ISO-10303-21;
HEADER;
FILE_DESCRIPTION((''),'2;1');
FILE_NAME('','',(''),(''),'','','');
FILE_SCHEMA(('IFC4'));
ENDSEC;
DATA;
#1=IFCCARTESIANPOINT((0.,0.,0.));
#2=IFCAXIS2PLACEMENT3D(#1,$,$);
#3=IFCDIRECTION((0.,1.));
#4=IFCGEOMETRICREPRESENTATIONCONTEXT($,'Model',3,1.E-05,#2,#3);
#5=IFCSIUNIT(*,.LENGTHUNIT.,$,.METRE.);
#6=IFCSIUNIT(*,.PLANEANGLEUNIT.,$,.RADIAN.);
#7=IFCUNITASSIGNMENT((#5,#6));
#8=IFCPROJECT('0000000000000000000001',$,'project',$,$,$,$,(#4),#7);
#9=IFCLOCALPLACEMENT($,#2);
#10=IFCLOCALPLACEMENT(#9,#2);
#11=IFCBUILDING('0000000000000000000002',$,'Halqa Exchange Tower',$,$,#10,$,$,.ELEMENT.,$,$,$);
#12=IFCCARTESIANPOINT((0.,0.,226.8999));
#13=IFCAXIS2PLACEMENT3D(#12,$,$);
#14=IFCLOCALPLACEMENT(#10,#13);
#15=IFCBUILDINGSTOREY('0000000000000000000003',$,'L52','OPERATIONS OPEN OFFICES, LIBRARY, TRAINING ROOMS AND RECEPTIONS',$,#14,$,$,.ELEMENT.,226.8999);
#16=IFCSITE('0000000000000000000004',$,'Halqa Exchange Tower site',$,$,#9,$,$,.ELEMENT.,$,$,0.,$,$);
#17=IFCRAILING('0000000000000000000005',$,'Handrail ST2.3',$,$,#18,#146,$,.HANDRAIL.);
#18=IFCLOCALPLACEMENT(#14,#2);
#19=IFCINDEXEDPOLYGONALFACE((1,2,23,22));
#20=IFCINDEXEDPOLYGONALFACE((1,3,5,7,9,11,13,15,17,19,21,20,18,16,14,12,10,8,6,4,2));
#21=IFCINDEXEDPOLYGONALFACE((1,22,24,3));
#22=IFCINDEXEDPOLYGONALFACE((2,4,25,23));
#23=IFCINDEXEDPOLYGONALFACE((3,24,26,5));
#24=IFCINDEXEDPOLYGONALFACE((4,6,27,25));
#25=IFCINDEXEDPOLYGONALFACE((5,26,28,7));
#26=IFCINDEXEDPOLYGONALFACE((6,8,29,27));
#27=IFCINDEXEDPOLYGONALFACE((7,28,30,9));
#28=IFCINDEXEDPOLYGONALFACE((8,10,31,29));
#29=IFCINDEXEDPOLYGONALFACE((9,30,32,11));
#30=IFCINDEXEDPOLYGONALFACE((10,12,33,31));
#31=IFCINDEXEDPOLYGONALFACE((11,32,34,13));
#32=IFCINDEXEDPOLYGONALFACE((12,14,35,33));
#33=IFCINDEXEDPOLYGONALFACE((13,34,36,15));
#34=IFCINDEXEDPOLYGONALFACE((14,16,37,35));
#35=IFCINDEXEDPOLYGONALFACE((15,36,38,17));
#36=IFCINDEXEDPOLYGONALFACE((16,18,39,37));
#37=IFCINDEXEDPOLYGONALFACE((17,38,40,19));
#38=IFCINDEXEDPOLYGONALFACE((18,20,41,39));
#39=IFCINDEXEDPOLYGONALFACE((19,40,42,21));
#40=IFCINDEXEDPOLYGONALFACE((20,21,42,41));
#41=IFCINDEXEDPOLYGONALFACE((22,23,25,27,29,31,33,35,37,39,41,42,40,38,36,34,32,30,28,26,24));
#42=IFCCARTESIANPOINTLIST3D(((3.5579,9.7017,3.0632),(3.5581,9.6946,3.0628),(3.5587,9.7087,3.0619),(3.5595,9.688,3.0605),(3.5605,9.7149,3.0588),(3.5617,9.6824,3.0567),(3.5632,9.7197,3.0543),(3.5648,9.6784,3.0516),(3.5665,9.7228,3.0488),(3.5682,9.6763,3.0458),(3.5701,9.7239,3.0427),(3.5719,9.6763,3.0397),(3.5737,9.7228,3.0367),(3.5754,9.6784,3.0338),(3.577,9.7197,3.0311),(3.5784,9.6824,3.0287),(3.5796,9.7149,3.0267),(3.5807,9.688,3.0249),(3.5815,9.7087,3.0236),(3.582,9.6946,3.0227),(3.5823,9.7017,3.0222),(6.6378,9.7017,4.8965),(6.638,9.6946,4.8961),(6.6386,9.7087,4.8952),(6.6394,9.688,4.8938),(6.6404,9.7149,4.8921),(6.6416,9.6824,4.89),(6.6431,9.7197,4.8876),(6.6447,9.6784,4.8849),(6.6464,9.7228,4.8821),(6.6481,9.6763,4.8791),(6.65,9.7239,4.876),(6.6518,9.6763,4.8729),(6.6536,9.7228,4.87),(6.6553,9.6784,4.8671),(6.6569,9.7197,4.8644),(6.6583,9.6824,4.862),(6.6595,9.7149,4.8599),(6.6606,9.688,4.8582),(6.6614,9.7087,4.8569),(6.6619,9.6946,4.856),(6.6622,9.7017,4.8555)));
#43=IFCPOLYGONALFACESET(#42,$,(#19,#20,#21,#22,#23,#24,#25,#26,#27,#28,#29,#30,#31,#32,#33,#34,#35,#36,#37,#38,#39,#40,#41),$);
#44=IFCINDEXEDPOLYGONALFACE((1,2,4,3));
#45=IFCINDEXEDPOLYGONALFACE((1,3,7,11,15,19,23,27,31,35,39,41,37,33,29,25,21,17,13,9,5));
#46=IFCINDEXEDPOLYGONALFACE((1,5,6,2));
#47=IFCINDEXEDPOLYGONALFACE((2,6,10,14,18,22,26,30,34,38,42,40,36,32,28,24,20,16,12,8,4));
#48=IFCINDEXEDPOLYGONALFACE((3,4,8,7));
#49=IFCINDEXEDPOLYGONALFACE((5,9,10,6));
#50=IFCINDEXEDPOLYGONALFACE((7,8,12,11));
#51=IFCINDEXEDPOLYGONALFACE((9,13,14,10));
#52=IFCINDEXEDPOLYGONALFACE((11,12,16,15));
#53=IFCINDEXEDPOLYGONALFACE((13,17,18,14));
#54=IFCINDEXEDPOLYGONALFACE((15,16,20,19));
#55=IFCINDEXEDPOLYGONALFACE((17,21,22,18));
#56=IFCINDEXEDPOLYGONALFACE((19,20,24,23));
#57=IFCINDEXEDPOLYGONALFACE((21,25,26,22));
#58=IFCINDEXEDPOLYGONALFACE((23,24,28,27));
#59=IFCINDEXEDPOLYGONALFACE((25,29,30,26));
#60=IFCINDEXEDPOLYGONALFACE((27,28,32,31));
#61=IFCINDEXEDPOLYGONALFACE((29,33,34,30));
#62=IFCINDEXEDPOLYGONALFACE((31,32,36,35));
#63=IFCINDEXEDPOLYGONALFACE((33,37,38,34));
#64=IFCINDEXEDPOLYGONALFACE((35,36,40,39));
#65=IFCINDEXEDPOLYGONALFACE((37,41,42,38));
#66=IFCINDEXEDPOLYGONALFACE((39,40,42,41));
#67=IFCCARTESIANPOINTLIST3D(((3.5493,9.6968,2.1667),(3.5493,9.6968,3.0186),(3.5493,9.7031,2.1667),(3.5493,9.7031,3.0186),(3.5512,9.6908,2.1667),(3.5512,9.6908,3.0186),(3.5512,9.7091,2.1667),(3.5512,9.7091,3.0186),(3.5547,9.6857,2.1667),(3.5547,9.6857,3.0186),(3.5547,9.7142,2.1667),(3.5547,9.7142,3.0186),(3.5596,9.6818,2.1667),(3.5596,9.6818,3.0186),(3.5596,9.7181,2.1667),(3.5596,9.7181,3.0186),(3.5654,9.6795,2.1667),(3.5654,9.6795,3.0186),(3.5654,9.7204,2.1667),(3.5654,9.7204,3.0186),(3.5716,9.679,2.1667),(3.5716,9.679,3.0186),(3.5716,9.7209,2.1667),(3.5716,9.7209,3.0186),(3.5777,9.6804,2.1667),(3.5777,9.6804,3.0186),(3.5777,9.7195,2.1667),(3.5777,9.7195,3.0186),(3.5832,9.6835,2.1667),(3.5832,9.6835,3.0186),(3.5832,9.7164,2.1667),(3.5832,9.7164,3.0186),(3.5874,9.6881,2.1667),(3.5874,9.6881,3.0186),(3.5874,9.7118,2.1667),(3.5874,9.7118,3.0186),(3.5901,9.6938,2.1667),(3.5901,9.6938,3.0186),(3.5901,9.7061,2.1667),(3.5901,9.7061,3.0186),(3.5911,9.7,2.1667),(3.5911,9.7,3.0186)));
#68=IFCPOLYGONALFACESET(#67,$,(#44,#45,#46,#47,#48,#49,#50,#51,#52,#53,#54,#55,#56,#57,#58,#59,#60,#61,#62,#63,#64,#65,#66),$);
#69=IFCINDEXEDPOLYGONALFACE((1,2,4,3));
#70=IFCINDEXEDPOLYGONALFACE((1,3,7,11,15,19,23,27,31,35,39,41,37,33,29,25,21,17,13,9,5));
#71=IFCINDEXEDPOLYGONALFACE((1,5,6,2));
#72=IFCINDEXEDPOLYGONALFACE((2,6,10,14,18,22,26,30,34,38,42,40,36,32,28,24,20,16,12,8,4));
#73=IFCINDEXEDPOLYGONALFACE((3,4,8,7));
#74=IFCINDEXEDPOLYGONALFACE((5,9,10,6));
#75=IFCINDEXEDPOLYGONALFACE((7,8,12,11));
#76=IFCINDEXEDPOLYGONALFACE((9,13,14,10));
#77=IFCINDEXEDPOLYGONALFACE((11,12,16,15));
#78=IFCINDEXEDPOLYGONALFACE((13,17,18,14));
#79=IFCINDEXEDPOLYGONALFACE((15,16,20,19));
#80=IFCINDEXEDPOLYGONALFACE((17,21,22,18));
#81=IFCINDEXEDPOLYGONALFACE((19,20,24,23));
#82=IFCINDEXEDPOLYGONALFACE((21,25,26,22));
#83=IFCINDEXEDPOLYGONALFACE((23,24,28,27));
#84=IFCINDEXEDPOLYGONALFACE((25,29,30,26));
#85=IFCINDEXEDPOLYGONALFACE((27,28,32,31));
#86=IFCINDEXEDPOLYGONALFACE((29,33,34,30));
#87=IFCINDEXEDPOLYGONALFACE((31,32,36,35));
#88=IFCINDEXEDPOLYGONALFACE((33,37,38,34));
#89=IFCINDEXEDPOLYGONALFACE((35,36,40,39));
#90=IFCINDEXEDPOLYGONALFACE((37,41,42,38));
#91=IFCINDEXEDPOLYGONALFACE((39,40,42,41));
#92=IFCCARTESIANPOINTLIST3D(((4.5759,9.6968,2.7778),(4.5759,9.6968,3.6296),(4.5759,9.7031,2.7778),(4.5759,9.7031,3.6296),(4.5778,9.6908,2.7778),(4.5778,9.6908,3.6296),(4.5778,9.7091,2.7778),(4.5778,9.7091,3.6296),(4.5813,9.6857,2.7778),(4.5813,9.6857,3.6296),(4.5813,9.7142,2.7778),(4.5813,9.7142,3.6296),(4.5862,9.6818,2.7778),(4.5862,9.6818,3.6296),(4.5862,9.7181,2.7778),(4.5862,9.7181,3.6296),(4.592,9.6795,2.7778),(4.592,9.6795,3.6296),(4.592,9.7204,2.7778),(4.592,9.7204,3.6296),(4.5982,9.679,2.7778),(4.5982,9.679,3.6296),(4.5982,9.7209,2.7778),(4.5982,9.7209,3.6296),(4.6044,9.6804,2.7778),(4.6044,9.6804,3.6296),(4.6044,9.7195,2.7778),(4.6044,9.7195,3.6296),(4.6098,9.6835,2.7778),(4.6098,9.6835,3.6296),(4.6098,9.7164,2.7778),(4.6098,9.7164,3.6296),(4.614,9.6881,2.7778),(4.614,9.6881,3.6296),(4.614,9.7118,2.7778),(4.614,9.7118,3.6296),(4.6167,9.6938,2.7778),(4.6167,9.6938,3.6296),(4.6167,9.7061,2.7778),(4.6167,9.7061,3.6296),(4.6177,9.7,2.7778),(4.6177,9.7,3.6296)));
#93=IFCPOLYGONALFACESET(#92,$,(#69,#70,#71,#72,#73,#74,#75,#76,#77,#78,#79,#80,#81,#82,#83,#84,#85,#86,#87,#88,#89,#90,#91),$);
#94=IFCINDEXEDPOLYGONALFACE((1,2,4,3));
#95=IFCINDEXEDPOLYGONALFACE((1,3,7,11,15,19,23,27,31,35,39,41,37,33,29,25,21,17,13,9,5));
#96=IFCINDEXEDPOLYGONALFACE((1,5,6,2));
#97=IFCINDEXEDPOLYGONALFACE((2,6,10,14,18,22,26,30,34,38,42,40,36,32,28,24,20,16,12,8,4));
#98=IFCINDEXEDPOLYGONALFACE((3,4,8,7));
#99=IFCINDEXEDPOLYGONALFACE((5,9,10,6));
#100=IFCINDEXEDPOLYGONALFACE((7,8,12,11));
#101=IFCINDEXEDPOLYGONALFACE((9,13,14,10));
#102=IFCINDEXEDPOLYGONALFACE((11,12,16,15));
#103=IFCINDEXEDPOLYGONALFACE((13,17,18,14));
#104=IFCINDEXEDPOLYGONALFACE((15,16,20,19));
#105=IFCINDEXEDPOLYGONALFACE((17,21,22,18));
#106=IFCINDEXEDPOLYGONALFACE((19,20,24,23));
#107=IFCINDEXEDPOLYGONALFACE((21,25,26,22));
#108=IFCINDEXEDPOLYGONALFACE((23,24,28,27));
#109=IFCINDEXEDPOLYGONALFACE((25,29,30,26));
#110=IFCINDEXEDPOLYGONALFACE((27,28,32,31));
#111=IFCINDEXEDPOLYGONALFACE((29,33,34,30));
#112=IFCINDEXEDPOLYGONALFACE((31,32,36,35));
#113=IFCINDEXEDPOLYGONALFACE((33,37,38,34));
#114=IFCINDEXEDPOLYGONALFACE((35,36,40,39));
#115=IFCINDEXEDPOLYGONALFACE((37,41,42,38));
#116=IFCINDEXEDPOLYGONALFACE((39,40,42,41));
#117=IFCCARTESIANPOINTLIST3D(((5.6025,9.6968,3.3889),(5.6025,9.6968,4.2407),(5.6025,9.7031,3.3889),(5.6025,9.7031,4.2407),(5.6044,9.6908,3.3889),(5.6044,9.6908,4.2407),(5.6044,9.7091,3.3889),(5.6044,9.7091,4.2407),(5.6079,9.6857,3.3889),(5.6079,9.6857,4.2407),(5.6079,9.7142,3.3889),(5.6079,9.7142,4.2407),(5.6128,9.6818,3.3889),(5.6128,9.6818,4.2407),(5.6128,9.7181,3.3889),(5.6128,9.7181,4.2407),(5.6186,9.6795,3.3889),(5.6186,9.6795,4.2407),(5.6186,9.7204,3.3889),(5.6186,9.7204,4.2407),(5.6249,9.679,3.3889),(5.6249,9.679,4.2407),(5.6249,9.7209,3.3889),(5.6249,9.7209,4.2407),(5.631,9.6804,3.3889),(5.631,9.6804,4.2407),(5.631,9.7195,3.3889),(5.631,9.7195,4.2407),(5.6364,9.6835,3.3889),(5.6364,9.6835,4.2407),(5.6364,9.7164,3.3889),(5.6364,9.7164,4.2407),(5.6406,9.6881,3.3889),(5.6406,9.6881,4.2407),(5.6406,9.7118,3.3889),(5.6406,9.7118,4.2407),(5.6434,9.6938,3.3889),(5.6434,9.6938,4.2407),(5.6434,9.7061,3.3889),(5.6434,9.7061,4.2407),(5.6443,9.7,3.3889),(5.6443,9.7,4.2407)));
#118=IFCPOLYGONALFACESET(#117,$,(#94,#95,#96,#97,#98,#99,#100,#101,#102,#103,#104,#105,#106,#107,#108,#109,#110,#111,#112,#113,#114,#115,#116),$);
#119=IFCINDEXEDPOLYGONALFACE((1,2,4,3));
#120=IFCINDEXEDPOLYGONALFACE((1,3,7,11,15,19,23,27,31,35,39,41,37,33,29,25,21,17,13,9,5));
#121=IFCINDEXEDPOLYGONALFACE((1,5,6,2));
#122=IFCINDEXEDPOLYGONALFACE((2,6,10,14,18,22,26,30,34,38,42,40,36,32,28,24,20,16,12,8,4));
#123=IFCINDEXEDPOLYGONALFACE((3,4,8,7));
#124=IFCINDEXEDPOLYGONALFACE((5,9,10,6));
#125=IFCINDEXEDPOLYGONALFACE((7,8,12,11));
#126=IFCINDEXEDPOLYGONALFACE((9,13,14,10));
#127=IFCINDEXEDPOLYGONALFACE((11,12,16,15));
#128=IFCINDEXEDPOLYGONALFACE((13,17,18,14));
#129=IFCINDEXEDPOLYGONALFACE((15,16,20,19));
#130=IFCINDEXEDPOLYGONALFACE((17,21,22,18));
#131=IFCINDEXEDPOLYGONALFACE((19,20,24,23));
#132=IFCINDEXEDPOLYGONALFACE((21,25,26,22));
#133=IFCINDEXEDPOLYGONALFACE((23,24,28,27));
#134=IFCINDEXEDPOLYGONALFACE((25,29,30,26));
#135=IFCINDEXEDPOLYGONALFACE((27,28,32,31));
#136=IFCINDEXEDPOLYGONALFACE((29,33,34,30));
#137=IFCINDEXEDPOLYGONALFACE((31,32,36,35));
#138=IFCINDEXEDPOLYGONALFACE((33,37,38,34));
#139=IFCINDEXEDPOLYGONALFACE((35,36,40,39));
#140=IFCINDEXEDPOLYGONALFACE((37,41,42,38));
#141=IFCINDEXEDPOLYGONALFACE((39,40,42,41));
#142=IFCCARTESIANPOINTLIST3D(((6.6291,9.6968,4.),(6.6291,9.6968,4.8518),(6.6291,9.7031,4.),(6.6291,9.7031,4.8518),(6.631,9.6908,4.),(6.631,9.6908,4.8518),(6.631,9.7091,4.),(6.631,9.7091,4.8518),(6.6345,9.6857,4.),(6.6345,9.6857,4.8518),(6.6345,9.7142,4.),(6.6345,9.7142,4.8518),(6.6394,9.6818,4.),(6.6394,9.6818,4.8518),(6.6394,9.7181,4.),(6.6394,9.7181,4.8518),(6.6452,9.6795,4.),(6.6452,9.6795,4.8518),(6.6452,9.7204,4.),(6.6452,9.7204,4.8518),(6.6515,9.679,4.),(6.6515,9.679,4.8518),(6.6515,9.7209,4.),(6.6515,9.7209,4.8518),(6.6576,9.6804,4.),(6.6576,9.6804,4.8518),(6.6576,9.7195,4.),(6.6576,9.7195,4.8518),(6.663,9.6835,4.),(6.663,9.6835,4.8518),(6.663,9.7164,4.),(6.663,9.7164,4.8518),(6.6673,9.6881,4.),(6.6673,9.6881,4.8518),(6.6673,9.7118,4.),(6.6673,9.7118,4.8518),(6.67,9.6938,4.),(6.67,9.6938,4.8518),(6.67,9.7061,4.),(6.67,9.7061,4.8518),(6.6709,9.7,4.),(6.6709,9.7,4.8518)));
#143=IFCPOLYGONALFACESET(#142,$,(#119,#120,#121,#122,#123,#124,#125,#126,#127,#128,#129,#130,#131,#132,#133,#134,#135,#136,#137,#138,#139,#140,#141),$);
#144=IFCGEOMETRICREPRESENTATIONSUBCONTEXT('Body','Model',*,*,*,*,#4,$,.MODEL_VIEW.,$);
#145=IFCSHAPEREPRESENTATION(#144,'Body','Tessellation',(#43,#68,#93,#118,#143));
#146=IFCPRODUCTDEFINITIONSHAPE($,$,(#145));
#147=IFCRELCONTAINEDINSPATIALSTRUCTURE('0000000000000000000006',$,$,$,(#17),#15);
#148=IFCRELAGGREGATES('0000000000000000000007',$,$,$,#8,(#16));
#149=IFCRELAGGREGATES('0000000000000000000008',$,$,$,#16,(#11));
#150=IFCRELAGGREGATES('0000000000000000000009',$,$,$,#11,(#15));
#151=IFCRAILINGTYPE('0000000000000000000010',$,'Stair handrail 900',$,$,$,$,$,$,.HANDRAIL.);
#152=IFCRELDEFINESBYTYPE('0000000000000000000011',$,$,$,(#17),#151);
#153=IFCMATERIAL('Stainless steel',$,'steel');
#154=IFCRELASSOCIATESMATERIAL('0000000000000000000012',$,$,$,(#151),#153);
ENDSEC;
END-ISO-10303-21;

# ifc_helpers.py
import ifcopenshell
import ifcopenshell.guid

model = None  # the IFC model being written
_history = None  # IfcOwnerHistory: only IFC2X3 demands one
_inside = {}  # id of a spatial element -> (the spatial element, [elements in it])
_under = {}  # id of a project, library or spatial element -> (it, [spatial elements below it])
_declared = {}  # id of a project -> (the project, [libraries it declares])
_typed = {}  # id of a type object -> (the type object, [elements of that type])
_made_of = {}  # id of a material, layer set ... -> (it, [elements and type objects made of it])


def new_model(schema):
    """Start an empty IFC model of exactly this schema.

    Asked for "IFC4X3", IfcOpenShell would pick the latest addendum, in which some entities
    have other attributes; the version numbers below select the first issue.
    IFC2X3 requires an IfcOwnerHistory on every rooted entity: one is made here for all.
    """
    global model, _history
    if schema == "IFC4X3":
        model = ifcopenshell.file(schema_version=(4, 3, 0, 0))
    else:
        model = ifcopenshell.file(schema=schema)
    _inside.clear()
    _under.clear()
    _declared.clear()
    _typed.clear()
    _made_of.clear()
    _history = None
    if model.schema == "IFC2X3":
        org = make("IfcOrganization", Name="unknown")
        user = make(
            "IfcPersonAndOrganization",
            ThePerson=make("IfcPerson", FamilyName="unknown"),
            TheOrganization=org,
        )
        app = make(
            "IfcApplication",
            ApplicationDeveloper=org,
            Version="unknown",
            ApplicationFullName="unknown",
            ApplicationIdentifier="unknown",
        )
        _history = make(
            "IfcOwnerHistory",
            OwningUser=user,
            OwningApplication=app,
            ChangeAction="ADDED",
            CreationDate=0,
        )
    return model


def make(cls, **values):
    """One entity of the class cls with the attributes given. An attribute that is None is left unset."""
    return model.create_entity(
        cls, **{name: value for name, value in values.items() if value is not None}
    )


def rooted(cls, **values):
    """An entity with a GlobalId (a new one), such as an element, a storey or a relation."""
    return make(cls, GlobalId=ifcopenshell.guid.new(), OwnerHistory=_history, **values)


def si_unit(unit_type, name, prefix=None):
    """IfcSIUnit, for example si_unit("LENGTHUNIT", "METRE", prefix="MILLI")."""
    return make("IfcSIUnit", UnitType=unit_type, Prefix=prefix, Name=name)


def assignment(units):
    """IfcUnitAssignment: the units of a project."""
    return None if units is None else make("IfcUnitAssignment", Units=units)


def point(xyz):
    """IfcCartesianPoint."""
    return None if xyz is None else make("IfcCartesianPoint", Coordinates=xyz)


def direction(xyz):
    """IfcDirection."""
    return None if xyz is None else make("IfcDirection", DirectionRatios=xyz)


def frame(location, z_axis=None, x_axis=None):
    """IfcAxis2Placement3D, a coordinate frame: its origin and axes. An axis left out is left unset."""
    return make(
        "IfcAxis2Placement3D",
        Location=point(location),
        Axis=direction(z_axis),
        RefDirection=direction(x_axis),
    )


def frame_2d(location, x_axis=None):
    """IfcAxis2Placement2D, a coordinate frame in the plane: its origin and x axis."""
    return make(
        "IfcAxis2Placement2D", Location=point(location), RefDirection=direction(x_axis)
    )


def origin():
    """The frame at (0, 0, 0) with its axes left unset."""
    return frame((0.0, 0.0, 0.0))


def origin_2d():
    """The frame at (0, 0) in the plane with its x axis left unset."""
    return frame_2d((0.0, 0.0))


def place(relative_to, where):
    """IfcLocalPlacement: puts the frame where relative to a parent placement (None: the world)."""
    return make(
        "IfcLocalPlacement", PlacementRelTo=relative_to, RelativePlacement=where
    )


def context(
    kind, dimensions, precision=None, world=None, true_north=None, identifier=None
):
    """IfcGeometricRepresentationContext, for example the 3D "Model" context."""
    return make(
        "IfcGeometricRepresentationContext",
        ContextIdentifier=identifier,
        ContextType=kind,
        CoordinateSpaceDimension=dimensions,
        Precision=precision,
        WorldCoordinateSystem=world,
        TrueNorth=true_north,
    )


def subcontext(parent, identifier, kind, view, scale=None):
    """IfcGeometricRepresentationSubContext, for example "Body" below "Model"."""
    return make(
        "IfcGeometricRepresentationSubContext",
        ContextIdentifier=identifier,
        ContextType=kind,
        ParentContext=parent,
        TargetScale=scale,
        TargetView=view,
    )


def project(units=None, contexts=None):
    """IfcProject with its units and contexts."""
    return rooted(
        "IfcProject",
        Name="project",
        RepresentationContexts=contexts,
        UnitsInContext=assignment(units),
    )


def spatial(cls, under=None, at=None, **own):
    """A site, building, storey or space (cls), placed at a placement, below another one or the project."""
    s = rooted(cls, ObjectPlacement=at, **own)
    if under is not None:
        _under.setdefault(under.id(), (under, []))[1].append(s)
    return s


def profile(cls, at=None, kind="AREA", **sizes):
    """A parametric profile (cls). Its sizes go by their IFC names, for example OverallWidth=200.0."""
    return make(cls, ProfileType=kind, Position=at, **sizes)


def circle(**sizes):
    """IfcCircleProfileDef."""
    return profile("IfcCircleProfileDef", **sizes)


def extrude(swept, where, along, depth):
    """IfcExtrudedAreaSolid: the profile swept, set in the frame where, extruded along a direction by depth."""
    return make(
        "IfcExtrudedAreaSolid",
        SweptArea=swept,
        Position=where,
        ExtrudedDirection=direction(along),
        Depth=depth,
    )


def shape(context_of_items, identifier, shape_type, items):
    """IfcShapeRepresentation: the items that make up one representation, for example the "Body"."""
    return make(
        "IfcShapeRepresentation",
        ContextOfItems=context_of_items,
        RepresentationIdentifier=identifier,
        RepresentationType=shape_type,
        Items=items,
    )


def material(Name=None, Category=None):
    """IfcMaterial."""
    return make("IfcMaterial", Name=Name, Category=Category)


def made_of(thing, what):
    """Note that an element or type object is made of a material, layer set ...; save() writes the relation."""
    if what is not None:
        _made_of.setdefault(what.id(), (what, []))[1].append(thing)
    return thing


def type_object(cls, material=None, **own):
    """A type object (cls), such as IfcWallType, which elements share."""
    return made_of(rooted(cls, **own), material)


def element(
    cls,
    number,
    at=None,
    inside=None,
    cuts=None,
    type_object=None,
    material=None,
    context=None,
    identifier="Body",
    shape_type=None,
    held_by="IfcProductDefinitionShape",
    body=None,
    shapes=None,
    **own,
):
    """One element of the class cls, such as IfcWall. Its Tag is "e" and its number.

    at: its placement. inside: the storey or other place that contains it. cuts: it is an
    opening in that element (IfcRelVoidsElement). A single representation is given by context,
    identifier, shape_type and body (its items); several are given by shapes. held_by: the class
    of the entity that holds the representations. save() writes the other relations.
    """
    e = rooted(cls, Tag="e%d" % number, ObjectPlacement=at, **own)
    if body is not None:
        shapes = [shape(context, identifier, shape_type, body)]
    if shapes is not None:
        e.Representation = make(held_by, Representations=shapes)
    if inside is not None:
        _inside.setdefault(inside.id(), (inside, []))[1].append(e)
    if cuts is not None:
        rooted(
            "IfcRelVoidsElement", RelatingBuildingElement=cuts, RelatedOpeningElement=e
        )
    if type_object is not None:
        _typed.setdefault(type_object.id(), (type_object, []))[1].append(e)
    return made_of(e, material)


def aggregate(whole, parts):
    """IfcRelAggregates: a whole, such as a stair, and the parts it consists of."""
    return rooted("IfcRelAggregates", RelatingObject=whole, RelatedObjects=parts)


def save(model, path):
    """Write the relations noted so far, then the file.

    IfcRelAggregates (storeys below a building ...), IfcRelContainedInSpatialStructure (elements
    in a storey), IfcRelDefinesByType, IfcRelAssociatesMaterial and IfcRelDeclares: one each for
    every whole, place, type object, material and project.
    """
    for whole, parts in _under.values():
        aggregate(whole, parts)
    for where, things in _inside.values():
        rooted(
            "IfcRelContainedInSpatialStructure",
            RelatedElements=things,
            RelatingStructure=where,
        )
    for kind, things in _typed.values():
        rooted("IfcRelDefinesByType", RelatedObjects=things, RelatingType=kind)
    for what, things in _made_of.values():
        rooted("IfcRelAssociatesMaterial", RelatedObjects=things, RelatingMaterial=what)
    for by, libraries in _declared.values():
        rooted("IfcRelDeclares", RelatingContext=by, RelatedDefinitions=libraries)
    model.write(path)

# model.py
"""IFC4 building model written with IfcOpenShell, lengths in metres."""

from ifc_helpers import new_model, si_unit, direction, frame, origin, origin_2d, place, context, subcontext, project, spatial, circle, extrude, material, type_object, element, save


model = new_model("IFC4")

# Units and contexts
model_context = context("Model", 3, precision=1e-05, world=origin(), true_north=direction((0.0, 1.0)))
body_context = subcontext(model_context, "Body", "Model", "MODEL_VIEW")
ifc_project = project(units=[si_unit("LENGTHUNIT", "METRE"), si_unit("PLANEANGLEUNIT", "RADIAN")], contexts=[model_context])

# Site, building, storey
site_placement = place(None, origin())
site = spatial("IfcSite", under=ifc_project, at=site_placement, Name="Halqa Exchange Tower site", CompositionType="ELEMENT", RefElevation=0.0)
building_placement = place(site_placement, origin())
building = spatial("IfcBuilding", under=site, at=building_placement, Name="Halqa Exchange Tower", CompositionType="ELEMENT")
storey_placement = place(building_placement, frame((0.0, 0.0, 226.8999)))
storey = spatial("IfcBuildingStorey", under=building, at=storey_placement, Name="L52", Description="OPERATIONS OPEN OFFICES, LIBRARY, TRAINING ROOMS AND RECEPTIONS", CompositionType="ELEMENT", Elevation=226.8999)

# Railing
ifc_material_1 = material(Name="Stainless steel", Category="steel")
railing_type_1 = type_object("IfcRailingType", Name="Stair handrail 900", PredefinedType="HANDRAIL", material=ifc_material_1)
railing_1_placement = place(storey_placement, frame((3.5701, 9.7, 2.1667)))
element("IfcRailing", 1, at=railing_1_placement, inside=storey, type_object=railing_type_1, Name="Handrail ST2.3", PredefinedType="HANDRAIL", context=body_context, shape_type="SweptSolid", body=[
    extrude(circle(Radius=0.0239, at=origin_2d()), frame((0.0, 0.0, 0.876), z_axis=(0.859291, 0.0, 0.511487), x_axis=(0.0, 1.0, 0.0)), (0.0, 0.0, 1.0), 3.5842),
    extrude(circle(Radius=0.021, at=origin_2d()), origin(), (0.0, 0.0, 1.0), 0.8518),
    extrude(circle(Radius=0.021, at=origin_2d()), frame((1.0266, 0.0, 0.6111)), (0.0, 0.0, 1.0), 0.8518),
    extrude(circle(Radius=0.021, at=origin_2d()), frame((2.0532, 0.0, 1.2222)), (0.0, 0.0, 1.0), 0.8518),
    extrude(circle(Radius=0.021, at=origin_2d()), frame((3.0798, 0.0, 1.8333)), (0.0, 0.0, 1.0), 0.8518),
])

save(model, "model.ifc")
